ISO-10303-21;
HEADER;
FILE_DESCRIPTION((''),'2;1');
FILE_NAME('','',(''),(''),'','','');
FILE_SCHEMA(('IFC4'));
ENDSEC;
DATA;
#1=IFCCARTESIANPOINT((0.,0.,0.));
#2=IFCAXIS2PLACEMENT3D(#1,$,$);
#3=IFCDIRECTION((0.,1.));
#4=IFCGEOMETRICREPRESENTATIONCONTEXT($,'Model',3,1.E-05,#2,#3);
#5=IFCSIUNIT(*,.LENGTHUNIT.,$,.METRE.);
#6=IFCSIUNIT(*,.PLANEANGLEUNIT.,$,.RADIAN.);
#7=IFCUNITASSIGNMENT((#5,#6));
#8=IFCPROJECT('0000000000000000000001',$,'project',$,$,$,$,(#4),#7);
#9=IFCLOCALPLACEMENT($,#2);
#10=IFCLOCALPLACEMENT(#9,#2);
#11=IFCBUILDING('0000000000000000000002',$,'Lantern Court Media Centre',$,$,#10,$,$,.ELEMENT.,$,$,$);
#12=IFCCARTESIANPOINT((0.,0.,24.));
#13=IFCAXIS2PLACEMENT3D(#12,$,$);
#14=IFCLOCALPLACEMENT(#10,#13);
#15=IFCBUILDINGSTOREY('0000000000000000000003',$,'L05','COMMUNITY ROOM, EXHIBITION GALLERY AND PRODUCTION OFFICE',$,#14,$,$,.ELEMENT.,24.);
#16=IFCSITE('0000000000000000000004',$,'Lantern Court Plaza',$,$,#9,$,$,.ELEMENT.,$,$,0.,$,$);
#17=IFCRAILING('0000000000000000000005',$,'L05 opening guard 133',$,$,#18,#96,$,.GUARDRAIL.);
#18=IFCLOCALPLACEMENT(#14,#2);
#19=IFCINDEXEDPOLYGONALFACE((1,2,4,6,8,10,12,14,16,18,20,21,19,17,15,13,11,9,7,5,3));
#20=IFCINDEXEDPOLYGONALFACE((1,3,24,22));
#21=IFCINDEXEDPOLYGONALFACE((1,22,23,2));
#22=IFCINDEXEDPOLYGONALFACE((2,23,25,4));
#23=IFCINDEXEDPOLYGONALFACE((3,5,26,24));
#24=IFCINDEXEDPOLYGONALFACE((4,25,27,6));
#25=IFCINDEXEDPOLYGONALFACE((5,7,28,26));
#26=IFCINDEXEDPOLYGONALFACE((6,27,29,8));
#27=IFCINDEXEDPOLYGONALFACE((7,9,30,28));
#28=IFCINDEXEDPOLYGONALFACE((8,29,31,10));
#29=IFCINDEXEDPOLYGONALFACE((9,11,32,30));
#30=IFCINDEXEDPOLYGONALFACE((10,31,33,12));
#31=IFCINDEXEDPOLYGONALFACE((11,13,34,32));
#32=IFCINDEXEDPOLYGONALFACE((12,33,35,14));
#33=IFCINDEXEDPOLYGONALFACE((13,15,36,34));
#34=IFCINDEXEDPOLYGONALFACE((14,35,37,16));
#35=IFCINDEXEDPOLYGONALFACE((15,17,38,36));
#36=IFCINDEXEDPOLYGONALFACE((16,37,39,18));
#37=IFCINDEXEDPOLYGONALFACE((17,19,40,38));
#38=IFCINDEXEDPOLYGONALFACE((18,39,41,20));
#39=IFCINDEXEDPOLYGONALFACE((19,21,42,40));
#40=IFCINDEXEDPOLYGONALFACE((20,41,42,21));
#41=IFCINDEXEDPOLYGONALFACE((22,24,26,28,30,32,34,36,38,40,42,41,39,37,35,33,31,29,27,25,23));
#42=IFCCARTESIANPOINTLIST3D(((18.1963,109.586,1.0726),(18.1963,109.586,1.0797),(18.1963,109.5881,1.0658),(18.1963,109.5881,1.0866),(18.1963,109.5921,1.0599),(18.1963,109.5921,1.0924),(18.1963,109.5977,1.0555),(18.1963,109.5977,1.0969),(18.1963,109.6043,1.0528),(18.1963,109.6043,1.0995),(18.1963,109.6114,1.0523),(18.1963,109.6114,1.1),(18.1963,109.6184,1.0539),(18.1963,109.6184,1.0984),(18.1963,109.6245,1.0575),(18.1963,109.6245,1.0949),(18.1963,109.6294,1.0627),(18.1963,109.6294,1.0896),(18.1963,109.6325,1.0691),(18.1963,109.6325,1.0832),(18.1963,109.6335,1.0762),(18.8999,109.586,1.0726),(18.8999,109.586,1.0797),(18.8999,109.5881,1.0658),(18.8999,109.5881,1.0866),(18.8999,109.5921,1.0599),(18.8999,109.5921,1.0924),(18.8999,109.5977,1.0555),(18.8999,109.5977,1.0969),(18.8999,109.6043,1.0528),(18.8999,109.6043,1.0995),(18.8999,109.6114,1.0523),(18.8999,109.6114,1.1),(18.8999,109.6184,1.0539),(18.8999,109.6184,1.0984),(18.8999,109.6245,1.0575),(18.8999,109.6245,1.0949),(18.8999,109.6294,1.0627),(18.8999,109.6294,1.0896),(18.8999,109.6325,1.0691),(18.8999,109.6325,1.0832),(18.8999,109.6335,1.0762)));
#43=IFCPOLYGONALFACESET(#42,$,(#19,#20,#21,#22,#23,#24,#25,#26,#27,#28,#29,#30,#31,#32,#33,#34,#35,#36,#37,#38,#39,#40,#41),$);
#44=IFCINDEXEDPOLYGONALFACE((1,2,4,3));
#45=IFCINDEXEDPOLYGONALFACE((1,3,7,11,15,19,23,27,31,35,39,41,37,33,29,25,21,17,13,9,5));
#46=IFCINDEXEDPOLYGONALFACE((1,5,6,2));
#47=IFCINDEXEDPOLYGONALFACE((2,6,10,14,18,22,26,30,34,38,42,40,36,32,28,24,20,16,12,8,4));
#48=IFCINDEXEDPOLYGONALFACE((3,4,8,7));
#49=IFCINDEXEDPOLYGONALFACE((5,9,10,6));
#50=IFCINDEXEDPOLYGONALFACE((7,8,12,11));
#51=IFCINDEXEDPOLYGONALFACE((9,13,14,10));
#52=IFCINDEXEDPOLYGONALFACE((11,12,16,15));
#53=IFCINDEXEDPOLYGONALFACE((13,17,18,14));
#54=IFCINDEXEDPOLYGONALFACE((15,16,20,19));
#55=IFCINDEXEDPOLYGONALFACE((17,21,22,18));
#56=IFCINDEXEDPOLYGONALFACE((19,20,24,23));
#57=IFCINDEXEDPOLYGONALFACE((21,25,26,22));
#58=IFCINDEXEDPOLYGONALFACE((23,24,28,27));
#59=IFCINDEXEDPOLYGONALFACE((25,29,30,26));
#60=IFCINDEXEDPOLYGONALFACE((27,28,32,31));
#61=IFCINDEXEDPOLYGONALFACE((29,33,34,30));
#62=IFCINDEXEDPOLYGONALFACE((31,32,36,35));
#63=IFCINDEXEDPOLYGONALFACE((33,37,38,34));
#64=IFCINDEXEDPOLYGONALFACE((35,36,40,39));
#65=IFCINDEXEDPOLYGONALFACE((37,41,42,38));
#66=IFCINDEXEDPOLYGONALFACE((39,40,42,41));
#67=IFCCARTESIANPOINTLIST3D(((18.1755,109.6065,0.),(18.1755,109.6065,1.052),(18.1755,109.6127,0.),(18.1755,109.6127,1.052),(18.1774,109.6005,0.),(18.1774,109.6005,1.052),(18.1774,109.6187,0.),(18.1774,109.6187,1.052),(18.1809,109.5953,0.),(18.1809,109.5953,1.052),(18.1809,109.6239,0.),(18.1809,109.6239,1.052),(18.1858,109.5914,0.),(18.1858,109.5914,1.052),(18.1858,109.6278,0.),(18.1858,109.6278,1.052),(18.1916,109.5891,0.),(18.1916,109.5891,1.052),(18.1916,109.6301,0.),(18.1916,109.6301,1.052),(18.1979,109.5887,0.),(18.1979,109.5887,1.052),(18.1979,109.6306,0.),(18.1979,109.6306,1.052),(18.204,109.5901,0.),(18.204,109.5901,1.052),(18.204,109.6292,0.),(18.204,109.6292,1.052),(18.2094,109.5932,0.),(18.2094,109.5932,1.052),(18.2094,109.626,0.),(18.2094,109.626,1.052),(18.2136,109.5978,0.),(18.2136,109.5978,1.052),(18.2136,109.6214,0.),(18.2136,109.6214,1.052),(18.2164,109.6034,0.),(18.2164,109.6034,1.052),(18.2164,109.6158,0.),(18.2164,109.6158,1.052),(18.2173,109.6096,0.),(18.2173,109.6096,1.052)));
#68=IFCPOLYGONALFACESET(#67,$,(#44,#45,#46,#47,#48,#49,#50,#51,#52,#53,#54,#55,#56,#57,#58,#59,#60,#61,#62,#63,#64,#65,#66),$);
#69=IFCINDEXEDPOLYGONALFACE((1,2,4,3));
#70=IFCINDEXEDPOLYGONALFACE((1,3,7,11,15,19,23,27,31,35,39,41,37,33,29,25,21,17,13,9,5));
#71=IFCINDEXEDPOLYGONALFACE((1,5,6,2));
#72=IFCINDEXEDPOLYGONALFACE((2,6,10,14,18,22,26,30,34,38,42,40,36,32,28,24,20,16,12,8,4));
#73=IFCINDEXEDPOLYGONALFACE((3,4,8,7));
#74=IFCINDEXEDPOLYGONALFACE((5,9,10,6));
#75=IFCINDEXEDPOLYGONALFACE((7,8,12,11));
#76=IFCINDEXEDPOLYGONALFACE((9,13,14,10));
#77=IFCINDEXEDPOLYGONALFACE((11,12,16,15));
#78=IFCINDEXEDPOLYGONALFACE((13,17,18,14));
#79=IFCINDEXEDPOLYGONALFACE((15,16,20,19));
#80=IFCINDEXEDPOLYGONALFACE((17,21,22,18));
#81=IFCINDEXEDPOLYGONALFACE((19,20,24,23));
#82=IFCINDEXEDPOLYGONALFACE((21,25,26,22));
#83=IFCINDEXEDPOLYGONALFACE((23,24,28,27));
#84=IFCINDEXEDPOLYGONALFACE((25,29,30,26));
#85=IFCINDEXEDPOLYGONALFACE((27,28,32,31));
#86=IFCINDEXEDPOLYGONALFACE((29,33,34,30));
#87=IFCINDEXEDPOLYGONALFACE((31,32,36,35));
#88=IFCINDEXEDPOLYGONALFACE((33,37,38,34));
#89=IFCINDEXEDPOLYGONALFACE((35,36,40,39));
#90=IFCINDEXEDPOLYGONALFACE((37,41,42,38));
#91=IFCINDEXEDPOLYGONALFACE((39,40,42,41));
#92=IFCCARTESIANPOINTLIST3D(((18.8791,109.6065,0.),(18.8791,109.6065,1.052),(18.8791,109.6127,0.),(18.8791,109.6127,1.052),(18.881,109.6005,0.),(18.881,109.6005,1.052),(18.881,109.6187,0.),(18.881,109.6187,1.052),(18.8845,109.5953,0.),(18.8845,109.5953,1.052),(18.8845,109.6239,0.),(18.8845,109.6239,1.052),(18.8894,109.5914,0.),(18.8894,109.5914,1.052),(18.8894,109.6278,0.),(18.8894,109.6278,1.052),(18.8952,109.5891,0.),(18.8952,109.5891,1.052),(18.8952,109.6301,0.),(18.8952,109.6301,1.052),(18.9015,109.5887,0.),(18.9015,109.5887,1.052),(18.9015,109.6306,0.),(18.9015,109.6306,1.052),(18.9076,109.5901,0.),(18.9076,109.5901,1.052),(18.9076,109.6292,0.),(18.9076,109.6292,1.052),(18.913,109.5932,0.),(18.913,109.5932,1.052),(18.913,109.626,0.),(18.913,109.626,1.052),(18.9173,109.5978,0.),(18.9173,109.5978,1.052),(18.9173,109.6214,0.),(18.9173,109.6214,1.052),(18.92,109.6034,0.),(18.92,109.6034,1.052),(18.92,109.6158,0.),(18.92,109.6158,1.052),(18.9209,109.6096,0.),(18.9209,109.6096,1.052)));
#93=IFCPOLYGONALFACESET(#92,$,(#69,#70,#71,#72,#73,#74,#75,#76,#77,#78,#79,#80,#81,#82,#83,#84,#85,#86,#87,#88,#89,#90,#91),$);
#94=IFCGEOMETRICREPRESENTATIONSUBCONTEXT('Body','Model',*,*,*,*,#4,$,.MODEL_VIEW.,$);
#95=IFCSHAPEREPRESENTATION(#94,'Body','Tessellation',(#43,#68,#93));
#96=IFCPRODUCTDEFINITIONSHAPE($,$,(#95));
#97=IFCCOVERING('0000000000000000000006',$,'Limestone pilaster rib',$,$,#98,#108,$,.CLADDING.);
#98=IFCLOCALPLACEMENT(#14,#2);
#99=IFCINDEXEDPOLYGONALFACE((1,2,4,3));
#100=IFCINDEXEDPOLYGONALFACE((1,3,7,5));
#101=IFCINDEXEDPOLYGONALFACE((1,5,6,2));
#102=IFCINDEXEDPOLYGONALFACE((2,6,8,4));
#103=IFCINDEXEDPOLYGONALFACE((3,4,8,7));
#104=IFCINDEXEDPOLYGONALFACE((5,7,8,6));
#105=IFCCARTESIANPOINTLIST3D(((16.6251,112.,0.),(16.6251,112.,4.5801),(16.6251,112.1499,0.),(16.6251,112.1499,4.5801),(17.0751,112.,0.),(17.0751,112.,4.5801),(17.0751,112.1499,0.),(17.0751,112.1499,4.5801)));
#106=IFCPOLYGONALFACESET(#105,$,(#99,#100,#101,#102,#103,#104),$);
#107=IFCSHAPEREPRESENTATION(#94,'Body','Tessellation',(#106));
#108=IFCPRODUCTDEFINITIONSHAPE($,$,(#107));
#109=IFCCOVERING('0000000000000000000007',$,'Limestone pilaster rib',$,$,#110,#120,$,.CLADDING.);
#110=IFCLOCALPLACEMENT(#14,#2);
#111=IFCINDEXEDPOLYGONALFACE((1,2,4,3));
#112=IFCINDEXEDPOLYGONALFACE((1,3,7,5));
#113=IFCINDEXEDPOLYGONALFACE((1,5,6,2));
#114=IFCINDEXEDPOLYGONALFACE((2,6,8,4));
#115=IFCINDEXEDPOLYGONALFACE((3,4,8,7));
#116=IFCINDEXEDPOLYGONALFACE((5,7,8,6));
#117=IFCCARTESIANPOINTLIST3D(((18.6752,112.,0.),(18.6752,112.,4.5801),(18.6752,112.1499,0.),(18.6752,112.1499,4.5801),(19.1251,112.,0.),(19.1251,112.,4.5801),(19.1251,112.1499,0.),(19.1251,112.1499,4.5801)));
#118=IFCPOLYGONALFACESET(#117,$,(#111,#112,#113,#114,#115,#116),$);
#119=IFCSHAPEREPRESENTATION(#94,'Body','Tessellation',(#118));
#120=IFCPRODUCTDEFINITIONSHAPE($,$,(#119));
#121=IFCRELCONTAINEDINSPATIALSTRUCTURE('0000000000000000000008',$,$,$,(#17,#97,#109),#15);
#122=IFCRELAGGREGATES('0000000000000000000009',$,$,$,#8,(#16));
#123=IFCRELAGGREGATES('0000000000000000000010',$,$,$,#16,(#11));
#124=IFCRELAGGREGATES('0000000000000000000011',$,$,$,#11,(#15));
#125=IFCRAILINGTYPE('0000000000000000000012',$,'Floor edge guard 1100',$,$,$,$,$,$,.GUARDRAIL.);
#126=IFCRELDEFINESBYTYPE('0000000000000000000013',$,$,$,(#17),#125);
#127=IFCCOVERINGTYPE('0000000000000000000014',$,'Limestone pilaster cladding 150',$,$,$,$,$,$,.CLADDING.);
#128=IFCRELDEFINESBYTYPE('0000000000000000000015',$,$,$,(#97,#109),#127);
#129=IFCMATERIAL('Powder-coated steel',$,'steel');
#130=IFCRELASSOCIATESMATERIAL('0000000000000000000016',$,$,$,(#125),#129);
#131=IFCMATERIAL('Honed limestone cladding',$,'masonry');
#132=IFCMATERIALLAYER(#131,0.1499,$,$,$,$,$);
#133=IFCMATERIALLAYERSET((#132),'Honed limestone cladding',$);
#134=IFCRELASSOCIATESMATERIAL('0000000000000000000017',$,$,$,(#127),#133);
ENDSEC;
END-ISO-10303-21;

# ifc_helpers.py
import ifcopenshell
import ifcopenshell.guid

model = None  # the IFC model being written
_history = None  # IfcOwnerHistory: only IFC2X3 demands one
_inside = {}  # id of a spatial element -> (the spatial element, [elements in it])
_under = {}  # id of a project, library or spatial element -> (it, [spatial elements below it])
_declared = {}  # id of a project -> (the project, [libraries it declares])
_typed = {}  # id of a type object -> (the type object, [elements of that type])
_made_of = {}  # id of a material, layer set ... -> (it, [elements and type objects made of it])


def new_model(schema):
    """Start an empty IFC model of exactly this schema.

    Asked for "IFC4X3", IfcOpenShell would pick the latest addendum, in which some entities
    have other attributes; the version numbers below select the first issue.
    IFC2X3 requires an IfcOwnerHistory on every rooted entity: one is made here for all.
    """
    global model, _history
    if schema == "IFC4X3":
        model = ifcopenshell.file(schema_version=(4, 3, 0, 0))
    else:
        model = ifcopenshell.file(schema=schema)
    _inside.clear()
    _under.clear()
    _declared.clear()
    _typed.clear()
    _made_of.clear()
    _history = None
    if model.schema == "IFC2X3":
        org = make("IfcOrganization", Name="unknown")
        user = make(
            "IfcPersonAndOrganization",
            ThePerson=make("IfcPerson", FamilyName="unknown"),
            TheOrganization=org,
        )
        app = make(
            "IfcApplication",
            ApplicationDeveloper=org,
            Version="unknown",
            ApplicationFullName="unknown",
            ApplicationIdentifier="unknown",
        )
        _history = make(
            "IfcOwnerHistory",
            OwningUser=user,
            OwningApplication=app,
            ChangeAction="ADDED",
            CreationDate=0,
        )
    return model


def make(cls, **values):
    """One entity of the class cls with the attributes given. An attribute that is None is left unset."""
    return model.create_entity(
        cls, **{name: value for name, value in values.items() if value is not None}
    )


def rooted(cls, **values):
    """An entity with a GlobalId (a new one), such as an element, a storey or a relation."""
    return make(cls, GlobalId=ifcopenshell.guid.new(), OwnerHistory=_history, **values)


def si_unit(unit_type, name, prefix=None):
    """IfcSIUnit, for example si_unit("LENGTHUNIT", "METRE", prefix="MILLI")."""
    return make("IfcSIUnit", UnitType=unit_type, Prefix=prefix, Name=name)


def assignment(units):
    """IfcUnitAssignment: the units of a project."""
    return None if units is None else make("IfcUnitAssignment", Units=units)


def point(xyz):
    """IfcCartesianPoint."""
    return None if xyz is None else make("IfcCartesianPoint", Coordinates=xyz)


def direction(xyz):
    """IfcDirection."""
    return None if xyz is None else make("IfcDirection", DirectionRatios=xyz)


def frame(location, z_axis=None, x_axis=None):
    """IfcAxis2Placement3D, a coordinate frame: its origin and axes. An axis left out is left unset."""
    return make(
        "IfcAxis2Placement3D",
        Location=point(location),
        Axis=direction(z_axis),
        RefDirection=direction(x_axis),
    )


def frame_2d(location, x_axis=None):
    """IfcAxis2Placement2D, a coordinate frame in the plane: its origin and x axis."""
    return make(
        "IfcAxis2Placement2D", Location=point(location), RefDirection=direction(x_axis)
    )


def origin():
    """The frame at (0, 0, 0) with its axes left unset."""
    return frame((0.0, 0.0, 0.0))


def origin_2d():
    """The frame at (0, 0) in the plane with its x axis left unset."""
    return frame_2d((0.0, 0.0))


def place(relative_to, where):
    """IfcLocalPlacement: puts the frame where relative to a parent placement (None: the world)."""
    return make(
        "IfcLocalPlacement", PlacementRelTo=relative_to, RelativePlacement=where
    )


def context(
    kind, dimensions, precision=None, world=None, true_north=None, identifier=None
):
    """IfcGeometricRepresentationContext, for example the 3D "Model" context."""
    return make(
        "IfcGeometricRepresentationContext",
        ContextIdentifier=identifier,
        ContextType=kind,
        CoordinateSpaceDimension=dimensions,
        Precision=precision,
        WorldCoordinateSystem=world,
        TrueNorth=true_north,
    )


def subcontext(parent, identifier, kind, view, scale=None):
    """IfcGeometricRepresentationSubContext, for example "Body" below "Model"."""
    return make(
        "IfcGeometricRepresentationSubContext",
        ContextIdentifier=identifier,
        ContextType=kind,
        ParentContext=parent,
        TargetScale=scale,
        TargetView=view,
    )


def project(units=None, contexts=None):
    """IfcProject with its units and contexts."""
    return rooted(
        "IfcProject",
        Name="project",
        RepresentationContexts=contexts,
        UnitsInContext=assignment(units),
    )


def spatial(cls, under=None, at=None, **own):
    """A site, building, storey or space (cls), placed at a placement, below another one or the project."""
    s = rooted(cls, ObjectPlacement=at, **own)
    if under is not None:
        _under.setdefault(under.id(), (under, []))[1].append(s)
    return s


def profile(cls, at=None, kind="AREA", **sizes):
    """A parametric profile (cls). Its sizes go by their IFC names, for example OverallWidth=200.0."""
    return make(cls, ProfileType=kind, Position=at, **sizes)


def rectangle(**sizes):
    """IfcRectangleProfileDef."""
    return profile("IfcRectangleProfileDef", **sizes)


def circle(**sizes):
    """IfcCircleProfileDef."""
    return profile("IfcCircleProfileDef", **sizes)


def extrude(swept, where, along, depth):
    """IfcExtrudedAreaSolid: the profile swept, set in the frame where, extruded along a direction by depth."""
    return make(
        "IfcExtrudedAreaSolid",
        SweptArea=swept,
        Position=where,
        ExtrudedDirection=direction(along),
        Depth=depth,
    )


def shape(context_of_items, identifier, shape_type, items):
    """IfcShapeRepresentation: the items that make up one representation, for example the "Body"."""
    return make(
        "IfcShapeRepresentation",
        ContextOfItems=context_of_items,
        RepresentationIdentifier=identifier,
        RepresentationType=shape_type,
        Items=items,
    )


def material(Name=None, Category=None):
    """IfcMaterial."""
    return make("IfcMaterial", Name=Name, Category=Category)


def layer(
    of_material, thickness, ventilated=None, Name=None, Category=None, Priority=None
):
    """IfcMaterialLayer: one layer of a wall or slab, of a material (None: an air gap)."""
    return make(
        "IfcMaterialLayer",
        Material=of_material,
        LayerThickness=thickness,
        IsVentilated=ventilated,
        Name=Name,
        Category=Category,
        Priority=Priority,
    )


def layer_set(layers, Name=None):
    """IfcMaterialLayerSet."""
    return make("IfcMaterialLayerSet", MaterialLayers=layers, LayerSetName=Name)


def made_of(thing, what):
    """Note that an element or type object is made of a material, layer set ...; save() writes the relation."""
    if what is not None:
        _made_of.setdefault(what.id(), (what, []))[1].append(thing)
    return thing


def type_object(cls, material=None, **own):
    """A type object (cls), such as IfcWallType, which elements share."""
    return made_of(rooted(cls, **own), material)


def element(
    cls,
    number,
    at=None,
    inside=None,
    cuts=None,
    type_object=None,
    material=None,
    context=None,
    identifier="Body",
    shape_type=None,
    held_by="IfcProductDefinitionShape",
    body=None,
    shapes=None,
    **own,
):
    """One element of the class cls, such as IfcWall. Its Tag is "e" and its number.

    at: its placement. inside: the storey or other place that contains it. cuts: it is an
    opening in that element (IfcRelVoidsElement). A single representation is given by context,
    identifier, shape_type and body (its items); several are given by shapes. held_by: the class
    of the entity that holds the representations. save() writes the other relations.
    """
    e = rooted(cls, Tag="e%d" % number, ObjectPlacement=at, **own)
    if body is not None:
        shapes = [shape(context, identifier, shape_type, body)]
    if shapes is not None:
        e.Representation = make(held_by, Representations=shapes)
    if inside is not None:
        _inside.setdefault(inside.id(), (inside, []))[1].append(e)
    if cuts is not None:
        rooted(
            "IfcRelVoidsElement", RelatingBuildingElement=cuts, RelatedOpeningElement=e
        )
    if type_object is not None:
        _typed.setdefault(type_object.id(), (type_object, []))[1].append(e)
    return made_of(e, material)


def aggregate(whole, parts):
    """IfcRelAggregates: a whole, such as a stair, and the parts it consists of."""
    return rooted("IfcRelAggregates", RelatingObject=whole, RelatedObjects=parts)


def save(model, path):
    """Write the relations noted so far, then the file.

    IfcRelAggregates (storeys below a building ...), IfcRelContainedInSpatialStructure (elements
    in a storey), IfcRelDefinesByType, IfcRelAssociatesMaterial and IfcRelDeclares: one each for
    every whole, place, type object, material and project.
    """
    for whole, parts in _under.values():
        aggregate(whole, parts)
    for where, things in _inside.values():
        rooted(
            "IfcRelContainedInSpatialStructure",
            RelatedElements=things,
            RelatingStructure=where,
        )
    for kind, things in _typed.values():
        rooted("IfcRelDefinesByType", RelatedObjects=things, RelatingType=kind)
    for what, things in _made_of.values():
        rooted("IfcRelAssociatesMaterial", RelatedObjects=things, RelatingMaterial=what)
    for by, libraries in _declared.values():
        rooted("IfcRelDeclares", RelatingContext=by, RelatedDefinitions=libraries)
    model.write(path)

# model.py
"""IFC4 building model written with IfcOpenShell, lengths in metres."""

from ifc_helpers import new_model, si_unit, direction, frame, frame_2d, origin, origin_2d, place, context, subcontext, project, spatial, rectangle, circle, extrude, material, layer, layer_set, type_object, element, save


model = new_model("IFC4")

# Units and contexts
model_context = context("Model", 3, precision=1e-05, world=origin(), true_north=direction((0.0, 1.0)))
body_context = subcontext(model_context, "Body", "Model", "MODEL_VIEW")
ifc_project = project(units=[si_unit("LENGTHUNIT", "METRE"), si_unit("PLANEANGLEUNIT", "RADIAN")], contexts=[model_context])

# Site, building, storey
site_placement = place(None, origin())
site = spatial("IfcSite", under=ifc_project, at=site_placement, Name="Lantern Court Plaza", CompositionType="ELEMENT", RefElevation=0.0)
building_placement = place(site_placement, origin())
building = spatial("IfcBuilding", under=site, at=building_placement, Name="Lantern Court Media Centre", CompositionType="ELEMENT")
storey_placement = place(building_placement, frame((0.0, 0.0, 24.0)))
storey = spatial("IfcBuildingStorey", under=building, at=storey_placement, Name="L05", Description="COMMUNITY ROOM, EXHIBITION GALLERY AND PRODUCTION OFFICE", CompositionType="ELEMENT", Elevation=24.0)

# Railing
ifc_material_1 = material(Name="Powder-coated steel", Category="steel")
railing_type_1 = type_object("IfcRailingType", Name="Floor edge guard 1100", PredefinedType="GUARDRAIL", material=ifc_material_1)
railing_1_placement = place(storey_placement, frame((18.1963, 109.6096, 0.0)))
element("IfcRailing", 1, at=railing_1_placement, inside=storey, type_object=railing_type_1, Name="L05 opening guard 133", PredefinedType="GUARDRAIL", context=body_context, shape_type="SweptSolid", body=[
    extrude(circle(Radius=0.0239, at=origin_2d()), frame((0.0, 0.0, 1.0762), z_axis=(1.0, 0.0, 0.0), x_axis=(0.0, 1.0, 0.0)), (0.0, 0.0, 1.0), 0.7036),
    extrude(circle(Radius=0.021, at=origin_2d()), origin(), (0.0, 0.0, 1.0), 1.052),
    extrude(circle(Radius=0.021, at=origin_2d()), frame((0.7036, 0.0, 0.0)), (0.0, 0.0, 1.0), 1.052),
])

# Coverings
ifc_material_2 = material(Name="Honed limestone cladding", Category="masonry")
ifc_layer_1 = layer(ifc_material_2, 0.1499)
ifc_layer_set_1 = layer_set([ifc_layer_1], Name="Honed limestone cladding")
covering_type = type_object("IfcCoveringType", Name="Limestone pilaster cladding 150", PredefinedType="CLADDING", material=ifc_layer_set_1)
for number, where, z_axis, x_axis, name in (
    (2, (16.625, 112.075, 0.0), (0.0, 0.0, 1.0), (1.0, 0.0, 0.0), "Limestone pilaster rib"),
    (3, (18.675, 112.075, 0.0), (0.0, 0.0, 1.0), (1.0, 0.0, 0.0), "Limestone pilaster rib"),
):
    element("IfcCovering", number, at=place(storey_placement, frame(where, z_axis=z_axis, x_axis=x_axis)), inside=storey, type_object=covering_type, Name=name, PredefinedType="CLADDING", context=body_context, shape_type="SweptSolid", body=[
        extrude(rectangle(XDim=0.45, YDim=0.1499, at=frame_2d((0.2251, 0.0))), origin(), (0.0, 0.0, 1.0), 4.5801),
    ])

save(model, "model.ifc")
